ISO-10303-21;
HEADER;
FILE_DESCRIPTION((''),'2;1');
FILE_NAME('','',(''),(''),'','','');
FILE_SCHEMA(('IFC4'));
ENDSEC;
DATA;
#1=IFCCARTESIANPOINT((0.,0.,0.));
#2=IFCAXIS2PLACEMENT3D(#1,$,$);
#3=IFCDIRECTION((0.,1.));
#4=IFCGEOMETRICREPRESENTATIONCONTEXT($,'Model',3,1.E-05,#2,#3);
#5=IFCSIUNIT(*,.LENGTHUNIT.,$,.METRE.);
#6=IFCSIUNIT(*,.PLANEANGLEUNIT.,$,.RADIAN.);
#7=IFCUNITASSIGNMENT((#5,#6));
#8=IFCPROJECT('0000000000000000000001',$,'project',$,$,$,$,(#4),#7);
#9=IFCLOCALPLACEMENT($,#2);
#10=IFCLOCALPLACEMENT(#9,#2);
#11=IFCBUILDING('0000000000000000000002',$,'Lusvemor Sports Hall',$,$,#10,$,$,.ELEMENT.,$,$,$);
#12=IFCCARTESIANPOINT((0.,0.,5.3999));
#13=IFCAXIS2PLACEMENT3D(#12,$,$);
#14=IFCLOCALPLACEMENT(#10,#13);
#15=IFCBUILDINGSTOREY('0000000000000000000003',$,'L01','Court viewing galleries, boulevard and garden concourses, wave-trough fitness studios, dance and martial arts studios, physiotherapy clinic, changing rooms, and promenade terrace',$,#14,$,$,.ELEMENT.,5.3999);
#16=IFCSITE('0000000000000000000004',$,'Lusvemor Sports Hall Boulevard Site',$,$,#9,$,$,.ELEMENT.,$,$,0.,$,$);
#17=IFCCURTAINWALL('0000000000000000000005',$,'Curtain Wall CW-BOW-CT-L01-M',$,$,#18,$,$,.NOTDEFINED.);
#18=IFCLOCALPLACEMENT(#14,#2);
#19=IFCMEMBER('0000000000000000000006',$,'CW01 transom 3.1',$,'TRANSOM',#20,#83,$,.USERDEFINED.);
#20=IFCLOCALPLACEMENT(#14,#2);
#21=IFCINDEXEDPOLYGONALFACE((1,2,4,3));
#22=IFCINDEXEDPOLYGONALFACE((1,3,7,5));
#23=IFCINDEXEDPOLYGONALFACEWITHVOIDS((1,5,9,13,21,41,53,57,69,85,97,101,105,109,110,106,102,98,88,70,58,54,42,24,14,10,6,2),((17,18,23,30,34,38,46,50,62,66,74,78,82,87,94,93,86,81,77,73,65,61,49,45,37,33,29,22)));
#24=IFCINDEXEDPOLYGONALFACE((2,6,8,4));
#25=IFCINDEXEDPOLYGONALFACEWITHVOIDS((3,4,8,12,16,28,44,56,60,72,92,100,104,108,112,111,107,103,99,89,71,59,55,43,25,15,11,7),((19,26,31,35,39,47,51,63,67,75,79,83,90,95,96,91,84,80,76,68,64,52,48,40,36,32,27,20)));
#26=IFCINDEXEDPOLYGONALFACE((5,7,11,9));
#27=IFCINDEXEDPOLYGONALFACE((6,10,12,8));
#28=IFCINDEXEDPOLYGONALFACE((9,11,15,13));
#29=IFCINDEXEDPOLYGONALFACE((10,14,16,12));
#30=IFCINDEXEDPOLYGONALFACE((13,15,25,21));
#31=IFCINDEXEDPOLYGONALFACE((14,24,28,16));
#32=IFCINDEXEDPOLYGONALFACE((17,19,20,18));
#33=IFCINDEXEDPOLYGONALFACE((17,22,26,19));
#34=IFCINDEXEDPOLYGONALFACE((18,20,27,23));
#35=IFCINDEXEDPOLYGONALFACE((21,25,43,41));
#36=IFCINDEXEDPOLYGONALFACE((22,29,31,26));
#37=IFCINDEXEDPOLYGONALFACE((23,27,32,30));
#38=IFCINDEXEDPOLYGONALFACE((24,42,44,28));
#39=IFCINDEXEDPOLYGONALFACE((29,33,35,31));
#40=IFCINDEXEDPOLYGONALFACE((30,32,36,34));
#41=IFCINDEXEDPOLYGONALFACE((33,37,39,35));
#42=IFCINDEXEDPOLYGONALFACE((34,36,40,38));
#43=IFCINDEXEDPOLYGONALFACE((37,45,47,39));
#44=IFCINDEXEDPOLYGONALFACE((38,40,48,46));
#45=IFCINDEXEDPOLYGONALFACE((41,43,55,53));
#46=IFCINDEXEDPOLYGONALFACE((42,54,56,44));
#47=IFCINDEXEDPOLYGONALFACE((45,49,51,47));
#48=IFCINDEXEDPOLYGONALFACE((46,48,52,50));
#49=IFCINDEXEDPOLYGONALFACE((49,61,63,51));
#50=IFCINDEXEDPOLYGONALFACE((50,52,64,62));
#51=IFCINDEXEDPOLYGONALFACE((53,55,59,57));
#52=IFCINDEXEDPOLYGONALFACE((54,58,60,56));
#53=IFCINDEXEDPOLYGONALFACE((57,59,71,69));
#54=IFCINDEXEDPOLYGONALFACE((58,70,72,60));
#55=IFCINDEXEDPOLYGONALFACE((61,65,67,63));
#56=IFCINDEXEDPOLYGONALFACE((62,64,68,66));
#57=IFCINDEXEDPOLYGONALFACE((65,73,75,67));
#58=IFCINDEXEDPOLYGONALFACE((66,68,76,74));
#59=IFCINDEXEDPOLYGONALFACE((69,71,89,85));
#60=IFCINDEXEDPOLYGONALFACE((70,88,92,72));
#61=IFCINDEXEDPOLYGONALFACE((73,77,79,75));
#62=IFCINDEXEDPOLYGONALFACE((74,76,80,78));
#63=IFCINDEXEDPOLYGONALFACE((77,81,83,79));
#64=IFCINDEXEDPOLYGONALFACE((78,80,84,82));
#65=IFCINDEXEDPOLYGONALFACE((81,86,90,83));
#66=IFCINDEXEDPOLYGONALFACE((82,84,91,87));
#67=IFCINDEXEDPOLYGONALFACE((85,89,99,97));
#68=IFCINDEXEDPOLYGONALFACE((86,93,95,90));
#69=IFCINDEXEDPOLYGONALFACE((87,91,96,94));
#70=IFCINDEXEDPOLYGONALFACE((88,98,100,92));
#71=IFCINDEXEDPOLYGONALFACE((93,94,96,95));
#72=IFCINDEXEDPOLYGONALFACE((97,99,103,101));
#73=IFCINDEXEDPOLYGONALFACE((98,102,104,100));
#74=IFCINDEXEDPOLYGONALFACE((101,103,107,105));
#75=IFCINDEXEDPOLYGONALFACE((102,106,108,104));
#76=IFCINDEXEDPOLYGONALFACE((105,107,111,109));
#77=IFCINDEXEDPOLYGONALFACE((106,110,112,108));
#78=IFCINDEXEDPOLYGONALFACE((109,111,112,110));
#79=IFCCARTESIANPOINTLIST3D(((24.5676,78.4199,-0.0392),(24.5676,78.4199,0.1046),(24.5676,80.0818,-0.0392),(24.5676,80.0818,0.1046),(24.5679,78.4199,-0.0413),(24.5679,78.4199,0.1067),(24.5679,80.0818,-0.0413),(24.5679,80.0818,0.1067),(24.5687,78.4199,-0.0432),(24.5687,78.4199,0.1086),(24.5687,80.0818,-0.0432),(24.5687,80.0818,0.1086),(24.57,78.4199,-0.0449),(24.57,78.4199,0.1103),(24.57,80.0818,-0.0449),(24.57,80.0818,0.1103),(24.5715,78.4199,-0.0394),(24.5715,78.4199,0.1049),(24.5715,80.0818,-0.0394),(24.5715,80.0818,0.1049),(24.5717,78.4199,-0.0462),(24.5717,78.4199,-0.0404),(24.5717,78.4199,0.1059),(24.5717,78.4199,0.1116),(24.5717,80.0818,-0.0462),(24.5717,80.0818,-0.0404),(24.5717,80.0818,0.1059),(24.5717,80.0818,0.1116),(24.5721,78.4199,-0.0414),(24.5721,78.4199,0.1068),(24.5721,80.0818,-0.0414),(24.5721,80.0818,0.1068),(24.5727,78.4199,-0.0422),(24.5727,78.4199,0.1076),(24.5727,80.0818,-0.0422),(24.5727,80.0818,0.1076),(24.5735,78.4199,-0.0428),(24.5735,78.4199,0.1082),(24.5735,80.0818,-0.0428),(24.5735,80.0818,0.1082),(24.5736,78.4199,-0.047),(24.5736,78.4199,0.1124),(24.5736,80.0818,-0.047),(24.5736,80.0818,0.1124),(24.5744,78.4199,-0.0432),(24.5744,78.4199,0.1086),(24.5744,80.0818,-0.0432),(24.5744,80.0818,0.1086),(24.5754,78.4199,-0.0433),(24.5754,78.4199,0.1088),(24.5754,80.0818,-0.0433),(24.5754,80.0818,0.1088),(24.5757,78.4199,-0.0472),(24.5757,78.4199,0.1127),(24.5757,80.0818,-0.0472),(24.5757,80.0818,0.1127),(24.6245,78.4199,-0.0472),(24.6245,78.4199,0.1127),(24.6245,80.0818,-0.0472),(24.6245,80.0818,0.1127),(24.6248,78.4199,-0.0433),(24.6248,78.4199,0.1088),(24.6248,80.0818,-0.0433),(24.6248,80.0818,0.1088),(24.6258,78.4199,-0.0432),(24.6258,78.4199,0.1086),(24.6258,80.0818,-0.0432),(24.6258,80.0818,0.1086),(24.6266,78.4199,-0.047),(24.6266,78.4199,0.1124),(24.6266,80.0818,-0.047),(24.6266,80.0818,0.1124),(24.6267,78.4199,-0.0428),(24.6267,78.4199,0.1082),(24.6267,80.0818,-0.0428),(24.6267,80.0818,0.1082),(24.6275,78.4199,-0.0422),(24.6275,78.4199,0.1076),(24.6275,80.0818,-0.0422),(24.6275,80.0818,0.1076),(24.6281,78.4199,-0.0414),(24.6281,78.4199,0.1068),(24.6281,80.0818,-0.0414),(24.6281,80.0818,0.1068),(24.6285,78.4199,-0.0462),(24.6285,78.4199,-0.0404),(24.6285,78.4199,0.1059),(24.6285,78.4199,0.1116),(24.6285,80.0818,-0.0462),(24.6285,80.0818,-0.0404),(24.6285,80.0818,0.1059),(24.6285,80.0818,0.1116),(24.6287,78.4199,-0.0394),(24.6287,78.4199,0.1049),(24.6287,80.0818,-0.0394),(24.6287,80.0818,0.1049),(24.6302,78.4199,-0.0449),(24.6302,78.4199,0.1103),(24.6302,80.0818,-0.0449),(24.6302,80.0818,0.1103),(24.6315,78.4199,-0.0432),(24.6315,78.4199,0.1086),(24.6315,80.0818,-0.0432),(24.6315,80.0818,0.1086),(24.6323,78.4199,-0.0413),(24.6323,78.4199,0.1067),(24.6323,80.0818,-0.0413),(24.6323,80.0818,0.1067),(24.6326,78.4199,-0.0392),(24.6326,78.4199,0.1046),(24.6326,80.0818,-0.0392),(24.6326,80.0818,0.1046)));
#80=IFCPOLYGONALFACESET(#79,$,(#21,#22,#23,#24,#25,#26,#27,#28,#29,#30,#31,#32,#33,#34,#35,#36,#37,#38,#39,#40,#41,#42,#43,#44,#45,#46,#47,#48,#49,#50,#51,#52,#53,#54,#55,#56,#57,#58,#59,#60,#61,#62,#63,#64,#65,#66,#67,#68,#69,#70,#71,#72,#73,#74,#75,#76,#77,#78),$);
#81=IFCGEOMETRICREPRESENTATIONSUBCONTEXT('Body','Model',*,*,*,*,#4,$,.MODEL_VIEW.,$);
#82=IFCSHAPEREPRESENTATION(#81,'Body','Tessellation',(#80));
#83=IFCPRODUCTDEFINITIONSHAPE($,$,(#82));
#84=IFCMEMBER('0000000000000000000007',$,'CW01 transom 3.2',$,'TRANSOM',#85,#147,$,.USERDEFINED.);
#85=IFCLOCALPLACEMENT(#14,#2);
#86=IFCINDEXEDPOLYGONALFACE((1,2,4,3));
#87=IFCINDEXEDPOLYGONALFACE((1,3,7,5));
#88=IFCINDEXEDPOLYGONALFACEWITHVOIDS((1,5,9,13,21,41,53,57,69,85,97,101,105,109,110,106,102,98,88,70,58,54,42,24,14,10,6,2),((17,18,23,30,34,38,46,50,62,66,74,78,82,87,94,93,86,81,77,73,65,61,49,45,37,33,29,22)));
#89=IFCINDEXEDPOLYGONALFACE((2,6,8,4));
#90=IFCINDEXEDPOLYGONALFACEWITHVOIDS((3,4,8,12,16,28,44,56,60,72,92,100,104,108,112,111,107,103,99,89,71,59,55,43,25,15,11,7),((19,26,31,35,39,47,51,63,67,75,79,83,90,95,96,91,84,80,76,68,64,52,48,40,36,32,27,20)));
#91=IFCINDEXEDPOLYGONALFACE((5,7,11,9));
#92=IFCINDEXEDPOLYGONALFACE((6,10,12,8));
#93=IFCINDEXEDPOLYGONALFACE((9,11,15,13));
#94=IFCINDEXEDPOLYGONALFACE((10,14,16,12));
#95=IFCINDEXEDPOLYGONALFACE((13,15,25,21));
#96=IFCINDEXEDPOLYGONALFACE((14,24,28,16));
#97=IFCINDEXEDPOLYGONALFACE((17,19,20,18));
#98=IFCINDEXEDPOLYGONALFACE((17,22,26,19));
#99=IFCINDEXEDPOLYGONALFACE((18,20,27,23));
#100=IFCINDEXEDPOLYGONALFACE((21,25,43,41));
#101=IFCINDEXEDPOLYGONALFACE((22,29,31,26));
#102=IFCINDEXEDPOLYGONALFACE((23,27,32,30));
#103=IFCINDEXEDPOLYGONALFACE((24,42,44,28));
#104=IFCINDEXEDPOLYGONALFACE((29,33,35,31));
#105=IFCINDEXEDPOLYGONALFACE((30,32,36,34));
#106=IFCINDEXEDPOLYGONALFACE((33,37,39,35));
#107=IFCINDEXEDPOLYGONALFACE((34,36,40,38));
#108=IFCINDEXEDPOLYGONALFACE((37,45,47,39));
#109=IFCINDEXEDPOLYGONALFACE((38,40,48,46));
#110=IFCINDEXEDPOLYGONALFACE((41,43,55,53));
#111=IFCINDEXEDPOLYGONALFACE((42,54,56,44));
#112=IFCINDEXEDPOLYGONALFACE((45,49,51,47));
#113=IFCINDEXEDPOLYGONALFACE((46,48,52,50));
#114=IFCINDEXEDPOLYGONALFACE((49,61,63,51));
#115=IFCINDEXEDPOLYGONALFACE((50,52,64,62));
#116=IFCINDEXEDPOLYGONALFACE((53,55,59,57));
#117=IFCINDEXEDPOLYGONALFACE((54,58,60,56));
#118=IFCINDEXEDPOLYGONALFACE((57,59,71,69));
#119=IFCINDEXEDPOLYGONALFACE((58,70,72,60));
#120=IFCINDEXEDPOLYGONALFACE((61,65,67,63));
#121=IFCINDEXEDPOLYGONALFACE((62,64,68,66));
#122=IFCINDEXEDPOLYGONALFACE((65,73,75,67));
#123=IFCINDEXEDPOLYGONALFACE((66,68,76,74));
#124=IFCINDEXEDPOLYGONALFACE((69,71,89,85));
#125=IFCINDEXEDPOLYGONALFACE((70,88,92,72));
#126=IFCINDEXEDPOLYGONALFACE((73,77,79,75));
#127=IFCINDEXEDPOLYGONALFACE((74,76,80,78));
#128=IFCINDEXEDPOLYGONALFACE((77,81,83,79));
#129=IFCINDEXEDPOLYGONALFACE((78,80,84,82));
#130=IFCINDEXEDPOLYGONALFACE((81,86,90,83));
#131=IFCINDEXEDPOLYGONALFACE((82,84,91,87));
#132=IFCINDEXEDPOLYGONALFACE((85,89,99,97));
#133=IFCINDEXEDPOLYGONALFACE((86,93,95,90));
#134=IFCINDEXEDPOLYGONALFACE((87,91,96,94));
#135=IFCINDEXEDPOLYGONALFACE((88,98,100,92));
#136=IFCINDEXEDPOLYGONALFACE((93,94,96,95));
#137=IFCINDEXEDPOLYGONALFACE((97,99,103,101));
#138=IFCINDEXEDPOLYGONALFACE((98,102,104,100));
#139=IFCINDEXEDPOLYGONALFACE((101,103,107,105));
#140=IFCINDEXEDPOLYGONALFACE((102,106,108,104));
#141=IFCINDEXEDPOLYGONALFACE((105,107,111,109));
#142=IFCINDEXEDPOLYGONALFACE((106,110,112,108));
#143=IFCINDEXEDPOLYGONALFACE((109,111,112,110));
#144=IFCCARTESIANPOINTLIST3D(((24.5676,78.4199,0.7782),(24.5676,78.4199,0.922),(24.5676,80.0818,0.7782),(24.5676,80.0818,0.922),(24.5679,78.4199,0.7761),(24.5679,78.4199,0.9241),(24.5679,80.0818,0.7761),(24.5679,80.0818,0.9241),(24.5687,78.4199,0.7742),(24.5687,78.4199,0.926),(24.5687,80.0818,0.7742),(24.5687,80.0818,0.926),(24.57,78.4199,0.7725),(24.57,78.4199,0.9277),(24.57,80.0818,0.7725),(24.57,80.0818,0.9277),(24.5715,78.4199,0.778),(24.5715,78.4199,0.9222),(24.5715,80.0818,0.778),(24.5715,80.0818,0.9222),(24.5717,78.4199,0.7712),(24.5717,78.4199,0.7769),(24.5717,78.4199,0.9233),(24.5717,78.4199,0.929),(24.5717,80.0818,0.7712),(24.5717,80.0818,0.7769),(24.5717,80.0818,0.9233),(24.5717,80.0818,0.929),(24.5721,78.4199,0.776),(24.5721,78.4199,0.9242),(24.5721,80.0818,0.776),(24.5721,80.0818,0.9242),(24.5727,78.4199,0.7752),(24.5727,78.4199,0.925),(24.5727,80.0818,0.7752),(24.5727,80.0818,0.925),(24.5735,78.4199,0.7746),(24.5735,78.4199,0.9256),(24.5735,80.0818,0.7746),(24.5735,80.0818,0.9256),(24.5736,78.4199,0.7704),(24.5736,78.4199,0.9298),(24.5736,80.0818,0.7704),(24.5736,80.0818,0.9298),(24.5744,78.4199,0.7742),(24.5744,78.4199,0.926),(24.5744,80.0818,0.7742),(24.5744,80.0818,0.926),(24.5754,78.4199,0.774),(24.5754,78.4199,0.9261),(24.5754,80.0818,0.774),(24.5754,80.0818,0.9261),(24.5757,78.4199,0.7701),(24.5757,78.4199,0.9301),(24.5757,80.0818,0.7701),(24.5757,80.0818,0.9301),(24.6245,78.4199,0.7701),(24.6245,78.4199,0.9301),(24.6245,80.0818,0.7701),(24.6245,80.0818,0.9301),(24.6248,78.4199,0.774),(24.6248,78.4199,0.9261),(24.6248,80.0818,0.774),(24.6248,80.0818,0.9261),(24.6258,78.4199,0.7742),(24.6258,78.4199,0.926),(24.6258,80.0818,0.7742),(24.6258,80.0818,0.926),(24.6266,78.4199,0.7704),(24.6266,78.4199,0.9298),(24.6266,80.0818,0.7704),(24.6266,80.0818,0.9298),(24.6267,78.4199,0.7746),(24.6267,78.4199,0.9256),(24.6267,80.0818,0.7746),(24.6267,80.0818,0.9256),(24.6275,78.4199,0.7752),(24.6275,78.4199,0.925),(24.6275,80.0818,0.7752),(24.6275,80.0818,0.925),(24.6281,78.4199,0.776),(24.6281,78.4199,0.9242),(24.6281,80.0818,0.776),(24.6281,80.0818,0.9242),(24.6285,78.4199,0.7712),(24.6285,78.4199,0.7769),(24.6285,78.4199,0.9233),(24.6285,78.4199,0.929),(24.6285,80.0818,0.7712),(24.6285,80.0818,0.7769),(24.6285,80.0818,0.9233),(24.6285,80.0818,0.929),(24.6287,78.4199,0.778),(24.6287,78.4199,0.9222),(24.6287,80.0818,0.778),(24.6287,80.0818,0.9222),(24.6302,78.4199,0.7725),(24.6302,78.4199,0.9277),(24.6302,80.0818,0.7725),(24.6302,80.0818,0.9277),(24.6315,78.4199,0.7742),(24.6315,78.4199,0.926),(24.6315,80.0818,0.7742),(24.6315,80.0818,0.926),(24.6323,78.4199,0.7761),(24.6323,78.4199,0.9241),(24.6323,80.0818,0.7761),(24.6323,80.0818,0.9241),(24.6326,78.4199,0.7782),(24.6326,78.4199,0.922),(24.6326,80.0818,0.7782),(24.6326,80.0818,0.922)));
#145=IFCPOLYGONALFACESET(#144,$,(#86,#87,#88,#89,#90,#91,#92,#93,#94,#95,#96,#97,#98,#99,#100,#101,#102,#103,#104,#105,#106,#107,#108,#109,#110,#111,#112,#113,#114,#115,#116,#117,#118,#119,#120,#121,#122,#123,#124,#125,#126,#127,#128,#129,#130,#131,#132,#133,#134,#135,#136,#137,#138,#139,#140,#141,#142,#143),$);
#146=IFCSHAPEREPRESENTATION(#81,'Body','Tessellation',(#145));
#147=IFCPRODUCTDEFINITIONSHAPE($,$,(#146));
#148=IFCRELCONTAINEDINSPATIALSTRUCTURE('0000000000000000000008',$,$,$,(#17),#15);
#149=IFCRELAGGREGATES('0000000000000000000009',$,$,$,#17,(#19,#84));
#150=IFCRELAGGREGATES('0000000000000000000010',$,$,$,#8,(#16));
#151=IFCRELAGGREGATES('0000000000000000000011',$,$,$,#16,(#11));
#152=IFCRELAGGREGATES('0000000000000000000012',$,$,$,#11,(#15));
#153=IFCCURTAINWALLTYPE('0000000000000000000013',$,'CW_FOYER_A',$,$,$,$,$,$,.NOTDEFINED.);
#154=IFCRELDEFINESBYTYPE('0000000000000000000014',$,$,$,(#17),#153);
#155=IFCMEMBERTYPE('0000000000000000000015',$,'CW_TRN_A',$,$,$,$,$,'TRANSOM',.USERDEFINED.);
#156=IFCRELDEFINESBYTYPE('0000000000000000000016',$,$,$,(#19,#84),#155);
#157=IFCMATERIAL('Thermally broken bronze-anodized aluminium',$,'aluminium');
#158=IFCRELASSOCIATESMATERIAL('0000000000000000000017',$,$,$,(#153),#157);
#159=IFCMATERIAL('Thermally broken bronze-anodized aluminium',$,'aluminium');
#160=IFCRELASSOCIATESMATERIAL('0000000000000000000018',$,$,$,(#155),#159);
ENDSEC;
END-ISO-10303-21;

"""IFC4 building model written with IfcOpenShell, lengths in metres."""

from ifc_helpers import new_model, si_unit, direction, frame, origin, origin_2d, place, context, subcontext, project, spatial, hollow_rectangle, extrude, material, material_profile, profile_set, type_object, element, aggregate, save


model = new_model("IFC4")

# Units and contexts
model_context = context("Model", 3, precision=1e-05, world=origin(), true_north=direction((0.0, 1.0)))
body_context = subcontext(model_context, "Body", "Model", "MODEL_VIEW")
ifc_project = project(units=[si_unit("LENGTHUNIT", "METRE"), si_unit("PLANEANGLEUNIT", "RADIAN")], contexts=[model_context])

# Site, building, storey
site_placement = place(None, origin())
site = spatial("IfcSite", under=ifc_project, at=site_placement, Name="Lusvemor Sports Hall Boulevard Site", CompositionType="ELEMENT", RefElevation=0.0)
building_placement = place(site_placement, origin())
building = spatial("IfcBuilding", under=site, at=building_placement, Name="Lusvemor Sports Hall", CompositionType="ELEMENT")
storey_placement = place(building_placement, frame((0.0, 0.0, 5.3999)))
storey = spatial("IfcBuildingStorey", under=building, at=storey_placement, Name="L01", Description="Court viewing galleries, boulevard and garden concourses, wave-trough fitness studios, dance and martial arts studios, physiotherapy clinic, changing rooms, and promenade terrace", CompositionType="ELEMENT", Elevation=5.3999)

# Curtain wall, members
ifc_material_1 = material(Name="Thermally broken bronze-anodized aluminium", Category="aluminium")
curtain_wall_type = type_object("IfcCurtainWallType", Name="CW_FOYER_A", PredefinedType="NOTDEFINED", material=ifc_material_1)
curtain_wall_placement = place(storey_placement, origin())
curtain_wall = element("IfcCurtainWall", 1, at=curtain_wall_placement, inside=storey, type_object=curtain_wall_type, Name="Curtain Wall CW-BOW-CT-L01-M", PredefinedType="NOTDEFINED")
ifc_material_2 = material(Name="Thermally broken bronze-anodized aluminium", Category="aluminium")
ifc_material_profile_1 = material_profile(ifc_material_2, hollow_rectangle(XDim=0.0649, YDim=0.1599, WallThickness=0.0039, InnerFilletRadius=0.0039, OuterFilletRadius=0.0081, at=origin_2d()), Name="CWTRN160x65x4")
ifc_profile_set_1 = profile_set([ifc_material_profile_1], Name="Thermally broken bronze-anodized aluminium")
member_type_1 = type_object("IfcMemberType", Name="CW_TRN_A", ElementType="TRANSOM", PredefinedType="USERDEFINED", material=ifc_profile_set_1)
member_1_placement = place(storey_placement, frame((24.6001, 80.0818, 0.0327), z_axis=(0.0, -1.0, 0.0), x_axis=(1.0, 0.0, 0.0)))
member_1 = element("IfcMember", 2, at=member_1_placement, type_object=member_type_1, Name="CW01 transom 3.1", ObjectType="TRANSOM", PredefinedType="USERDEFINED", context=body_context, shape_type="SweptSolid", body=[
    extrude(hollow_rectangle(XDim=0.0649, YDim=0.1599, WallThickness=0.0039, InnerFilletRadius=0.0039, OuterFilletRadius=0.0081, at=origin_2d()), origin(), (0.0, 0.0, 1.0), 1.6619),
])
member_2_placement = place(storey_placement, frame((24.6001, 80.0818, 0.8501), z_axis=(0.0, -1.0, 0.0), x_axis=(1.0, 0.0, 0.0)))
member_2 = element("IfcMember", 3, at=member_2_placement, type_object=member_type_1, Name="CW01 transom 3.2", ObjectType="TRANSOM", PredefinedType="USERDEFINED", context=body_context, shape_type="SweptSolid", body=[
    extrude(hollow_rectangle(XDim=0.0649, YDim=0.1599, WallThickness=0.0039, InnerFilletRadius=0.0039, OuterFilletRadius=0.0081, at=origin_2d()), origin(), (0.0, 0.0, 1.0), 1.6619),
])

aggregate(curtain_wall, [member_1, member_2])

save(model, "model.ifc")
